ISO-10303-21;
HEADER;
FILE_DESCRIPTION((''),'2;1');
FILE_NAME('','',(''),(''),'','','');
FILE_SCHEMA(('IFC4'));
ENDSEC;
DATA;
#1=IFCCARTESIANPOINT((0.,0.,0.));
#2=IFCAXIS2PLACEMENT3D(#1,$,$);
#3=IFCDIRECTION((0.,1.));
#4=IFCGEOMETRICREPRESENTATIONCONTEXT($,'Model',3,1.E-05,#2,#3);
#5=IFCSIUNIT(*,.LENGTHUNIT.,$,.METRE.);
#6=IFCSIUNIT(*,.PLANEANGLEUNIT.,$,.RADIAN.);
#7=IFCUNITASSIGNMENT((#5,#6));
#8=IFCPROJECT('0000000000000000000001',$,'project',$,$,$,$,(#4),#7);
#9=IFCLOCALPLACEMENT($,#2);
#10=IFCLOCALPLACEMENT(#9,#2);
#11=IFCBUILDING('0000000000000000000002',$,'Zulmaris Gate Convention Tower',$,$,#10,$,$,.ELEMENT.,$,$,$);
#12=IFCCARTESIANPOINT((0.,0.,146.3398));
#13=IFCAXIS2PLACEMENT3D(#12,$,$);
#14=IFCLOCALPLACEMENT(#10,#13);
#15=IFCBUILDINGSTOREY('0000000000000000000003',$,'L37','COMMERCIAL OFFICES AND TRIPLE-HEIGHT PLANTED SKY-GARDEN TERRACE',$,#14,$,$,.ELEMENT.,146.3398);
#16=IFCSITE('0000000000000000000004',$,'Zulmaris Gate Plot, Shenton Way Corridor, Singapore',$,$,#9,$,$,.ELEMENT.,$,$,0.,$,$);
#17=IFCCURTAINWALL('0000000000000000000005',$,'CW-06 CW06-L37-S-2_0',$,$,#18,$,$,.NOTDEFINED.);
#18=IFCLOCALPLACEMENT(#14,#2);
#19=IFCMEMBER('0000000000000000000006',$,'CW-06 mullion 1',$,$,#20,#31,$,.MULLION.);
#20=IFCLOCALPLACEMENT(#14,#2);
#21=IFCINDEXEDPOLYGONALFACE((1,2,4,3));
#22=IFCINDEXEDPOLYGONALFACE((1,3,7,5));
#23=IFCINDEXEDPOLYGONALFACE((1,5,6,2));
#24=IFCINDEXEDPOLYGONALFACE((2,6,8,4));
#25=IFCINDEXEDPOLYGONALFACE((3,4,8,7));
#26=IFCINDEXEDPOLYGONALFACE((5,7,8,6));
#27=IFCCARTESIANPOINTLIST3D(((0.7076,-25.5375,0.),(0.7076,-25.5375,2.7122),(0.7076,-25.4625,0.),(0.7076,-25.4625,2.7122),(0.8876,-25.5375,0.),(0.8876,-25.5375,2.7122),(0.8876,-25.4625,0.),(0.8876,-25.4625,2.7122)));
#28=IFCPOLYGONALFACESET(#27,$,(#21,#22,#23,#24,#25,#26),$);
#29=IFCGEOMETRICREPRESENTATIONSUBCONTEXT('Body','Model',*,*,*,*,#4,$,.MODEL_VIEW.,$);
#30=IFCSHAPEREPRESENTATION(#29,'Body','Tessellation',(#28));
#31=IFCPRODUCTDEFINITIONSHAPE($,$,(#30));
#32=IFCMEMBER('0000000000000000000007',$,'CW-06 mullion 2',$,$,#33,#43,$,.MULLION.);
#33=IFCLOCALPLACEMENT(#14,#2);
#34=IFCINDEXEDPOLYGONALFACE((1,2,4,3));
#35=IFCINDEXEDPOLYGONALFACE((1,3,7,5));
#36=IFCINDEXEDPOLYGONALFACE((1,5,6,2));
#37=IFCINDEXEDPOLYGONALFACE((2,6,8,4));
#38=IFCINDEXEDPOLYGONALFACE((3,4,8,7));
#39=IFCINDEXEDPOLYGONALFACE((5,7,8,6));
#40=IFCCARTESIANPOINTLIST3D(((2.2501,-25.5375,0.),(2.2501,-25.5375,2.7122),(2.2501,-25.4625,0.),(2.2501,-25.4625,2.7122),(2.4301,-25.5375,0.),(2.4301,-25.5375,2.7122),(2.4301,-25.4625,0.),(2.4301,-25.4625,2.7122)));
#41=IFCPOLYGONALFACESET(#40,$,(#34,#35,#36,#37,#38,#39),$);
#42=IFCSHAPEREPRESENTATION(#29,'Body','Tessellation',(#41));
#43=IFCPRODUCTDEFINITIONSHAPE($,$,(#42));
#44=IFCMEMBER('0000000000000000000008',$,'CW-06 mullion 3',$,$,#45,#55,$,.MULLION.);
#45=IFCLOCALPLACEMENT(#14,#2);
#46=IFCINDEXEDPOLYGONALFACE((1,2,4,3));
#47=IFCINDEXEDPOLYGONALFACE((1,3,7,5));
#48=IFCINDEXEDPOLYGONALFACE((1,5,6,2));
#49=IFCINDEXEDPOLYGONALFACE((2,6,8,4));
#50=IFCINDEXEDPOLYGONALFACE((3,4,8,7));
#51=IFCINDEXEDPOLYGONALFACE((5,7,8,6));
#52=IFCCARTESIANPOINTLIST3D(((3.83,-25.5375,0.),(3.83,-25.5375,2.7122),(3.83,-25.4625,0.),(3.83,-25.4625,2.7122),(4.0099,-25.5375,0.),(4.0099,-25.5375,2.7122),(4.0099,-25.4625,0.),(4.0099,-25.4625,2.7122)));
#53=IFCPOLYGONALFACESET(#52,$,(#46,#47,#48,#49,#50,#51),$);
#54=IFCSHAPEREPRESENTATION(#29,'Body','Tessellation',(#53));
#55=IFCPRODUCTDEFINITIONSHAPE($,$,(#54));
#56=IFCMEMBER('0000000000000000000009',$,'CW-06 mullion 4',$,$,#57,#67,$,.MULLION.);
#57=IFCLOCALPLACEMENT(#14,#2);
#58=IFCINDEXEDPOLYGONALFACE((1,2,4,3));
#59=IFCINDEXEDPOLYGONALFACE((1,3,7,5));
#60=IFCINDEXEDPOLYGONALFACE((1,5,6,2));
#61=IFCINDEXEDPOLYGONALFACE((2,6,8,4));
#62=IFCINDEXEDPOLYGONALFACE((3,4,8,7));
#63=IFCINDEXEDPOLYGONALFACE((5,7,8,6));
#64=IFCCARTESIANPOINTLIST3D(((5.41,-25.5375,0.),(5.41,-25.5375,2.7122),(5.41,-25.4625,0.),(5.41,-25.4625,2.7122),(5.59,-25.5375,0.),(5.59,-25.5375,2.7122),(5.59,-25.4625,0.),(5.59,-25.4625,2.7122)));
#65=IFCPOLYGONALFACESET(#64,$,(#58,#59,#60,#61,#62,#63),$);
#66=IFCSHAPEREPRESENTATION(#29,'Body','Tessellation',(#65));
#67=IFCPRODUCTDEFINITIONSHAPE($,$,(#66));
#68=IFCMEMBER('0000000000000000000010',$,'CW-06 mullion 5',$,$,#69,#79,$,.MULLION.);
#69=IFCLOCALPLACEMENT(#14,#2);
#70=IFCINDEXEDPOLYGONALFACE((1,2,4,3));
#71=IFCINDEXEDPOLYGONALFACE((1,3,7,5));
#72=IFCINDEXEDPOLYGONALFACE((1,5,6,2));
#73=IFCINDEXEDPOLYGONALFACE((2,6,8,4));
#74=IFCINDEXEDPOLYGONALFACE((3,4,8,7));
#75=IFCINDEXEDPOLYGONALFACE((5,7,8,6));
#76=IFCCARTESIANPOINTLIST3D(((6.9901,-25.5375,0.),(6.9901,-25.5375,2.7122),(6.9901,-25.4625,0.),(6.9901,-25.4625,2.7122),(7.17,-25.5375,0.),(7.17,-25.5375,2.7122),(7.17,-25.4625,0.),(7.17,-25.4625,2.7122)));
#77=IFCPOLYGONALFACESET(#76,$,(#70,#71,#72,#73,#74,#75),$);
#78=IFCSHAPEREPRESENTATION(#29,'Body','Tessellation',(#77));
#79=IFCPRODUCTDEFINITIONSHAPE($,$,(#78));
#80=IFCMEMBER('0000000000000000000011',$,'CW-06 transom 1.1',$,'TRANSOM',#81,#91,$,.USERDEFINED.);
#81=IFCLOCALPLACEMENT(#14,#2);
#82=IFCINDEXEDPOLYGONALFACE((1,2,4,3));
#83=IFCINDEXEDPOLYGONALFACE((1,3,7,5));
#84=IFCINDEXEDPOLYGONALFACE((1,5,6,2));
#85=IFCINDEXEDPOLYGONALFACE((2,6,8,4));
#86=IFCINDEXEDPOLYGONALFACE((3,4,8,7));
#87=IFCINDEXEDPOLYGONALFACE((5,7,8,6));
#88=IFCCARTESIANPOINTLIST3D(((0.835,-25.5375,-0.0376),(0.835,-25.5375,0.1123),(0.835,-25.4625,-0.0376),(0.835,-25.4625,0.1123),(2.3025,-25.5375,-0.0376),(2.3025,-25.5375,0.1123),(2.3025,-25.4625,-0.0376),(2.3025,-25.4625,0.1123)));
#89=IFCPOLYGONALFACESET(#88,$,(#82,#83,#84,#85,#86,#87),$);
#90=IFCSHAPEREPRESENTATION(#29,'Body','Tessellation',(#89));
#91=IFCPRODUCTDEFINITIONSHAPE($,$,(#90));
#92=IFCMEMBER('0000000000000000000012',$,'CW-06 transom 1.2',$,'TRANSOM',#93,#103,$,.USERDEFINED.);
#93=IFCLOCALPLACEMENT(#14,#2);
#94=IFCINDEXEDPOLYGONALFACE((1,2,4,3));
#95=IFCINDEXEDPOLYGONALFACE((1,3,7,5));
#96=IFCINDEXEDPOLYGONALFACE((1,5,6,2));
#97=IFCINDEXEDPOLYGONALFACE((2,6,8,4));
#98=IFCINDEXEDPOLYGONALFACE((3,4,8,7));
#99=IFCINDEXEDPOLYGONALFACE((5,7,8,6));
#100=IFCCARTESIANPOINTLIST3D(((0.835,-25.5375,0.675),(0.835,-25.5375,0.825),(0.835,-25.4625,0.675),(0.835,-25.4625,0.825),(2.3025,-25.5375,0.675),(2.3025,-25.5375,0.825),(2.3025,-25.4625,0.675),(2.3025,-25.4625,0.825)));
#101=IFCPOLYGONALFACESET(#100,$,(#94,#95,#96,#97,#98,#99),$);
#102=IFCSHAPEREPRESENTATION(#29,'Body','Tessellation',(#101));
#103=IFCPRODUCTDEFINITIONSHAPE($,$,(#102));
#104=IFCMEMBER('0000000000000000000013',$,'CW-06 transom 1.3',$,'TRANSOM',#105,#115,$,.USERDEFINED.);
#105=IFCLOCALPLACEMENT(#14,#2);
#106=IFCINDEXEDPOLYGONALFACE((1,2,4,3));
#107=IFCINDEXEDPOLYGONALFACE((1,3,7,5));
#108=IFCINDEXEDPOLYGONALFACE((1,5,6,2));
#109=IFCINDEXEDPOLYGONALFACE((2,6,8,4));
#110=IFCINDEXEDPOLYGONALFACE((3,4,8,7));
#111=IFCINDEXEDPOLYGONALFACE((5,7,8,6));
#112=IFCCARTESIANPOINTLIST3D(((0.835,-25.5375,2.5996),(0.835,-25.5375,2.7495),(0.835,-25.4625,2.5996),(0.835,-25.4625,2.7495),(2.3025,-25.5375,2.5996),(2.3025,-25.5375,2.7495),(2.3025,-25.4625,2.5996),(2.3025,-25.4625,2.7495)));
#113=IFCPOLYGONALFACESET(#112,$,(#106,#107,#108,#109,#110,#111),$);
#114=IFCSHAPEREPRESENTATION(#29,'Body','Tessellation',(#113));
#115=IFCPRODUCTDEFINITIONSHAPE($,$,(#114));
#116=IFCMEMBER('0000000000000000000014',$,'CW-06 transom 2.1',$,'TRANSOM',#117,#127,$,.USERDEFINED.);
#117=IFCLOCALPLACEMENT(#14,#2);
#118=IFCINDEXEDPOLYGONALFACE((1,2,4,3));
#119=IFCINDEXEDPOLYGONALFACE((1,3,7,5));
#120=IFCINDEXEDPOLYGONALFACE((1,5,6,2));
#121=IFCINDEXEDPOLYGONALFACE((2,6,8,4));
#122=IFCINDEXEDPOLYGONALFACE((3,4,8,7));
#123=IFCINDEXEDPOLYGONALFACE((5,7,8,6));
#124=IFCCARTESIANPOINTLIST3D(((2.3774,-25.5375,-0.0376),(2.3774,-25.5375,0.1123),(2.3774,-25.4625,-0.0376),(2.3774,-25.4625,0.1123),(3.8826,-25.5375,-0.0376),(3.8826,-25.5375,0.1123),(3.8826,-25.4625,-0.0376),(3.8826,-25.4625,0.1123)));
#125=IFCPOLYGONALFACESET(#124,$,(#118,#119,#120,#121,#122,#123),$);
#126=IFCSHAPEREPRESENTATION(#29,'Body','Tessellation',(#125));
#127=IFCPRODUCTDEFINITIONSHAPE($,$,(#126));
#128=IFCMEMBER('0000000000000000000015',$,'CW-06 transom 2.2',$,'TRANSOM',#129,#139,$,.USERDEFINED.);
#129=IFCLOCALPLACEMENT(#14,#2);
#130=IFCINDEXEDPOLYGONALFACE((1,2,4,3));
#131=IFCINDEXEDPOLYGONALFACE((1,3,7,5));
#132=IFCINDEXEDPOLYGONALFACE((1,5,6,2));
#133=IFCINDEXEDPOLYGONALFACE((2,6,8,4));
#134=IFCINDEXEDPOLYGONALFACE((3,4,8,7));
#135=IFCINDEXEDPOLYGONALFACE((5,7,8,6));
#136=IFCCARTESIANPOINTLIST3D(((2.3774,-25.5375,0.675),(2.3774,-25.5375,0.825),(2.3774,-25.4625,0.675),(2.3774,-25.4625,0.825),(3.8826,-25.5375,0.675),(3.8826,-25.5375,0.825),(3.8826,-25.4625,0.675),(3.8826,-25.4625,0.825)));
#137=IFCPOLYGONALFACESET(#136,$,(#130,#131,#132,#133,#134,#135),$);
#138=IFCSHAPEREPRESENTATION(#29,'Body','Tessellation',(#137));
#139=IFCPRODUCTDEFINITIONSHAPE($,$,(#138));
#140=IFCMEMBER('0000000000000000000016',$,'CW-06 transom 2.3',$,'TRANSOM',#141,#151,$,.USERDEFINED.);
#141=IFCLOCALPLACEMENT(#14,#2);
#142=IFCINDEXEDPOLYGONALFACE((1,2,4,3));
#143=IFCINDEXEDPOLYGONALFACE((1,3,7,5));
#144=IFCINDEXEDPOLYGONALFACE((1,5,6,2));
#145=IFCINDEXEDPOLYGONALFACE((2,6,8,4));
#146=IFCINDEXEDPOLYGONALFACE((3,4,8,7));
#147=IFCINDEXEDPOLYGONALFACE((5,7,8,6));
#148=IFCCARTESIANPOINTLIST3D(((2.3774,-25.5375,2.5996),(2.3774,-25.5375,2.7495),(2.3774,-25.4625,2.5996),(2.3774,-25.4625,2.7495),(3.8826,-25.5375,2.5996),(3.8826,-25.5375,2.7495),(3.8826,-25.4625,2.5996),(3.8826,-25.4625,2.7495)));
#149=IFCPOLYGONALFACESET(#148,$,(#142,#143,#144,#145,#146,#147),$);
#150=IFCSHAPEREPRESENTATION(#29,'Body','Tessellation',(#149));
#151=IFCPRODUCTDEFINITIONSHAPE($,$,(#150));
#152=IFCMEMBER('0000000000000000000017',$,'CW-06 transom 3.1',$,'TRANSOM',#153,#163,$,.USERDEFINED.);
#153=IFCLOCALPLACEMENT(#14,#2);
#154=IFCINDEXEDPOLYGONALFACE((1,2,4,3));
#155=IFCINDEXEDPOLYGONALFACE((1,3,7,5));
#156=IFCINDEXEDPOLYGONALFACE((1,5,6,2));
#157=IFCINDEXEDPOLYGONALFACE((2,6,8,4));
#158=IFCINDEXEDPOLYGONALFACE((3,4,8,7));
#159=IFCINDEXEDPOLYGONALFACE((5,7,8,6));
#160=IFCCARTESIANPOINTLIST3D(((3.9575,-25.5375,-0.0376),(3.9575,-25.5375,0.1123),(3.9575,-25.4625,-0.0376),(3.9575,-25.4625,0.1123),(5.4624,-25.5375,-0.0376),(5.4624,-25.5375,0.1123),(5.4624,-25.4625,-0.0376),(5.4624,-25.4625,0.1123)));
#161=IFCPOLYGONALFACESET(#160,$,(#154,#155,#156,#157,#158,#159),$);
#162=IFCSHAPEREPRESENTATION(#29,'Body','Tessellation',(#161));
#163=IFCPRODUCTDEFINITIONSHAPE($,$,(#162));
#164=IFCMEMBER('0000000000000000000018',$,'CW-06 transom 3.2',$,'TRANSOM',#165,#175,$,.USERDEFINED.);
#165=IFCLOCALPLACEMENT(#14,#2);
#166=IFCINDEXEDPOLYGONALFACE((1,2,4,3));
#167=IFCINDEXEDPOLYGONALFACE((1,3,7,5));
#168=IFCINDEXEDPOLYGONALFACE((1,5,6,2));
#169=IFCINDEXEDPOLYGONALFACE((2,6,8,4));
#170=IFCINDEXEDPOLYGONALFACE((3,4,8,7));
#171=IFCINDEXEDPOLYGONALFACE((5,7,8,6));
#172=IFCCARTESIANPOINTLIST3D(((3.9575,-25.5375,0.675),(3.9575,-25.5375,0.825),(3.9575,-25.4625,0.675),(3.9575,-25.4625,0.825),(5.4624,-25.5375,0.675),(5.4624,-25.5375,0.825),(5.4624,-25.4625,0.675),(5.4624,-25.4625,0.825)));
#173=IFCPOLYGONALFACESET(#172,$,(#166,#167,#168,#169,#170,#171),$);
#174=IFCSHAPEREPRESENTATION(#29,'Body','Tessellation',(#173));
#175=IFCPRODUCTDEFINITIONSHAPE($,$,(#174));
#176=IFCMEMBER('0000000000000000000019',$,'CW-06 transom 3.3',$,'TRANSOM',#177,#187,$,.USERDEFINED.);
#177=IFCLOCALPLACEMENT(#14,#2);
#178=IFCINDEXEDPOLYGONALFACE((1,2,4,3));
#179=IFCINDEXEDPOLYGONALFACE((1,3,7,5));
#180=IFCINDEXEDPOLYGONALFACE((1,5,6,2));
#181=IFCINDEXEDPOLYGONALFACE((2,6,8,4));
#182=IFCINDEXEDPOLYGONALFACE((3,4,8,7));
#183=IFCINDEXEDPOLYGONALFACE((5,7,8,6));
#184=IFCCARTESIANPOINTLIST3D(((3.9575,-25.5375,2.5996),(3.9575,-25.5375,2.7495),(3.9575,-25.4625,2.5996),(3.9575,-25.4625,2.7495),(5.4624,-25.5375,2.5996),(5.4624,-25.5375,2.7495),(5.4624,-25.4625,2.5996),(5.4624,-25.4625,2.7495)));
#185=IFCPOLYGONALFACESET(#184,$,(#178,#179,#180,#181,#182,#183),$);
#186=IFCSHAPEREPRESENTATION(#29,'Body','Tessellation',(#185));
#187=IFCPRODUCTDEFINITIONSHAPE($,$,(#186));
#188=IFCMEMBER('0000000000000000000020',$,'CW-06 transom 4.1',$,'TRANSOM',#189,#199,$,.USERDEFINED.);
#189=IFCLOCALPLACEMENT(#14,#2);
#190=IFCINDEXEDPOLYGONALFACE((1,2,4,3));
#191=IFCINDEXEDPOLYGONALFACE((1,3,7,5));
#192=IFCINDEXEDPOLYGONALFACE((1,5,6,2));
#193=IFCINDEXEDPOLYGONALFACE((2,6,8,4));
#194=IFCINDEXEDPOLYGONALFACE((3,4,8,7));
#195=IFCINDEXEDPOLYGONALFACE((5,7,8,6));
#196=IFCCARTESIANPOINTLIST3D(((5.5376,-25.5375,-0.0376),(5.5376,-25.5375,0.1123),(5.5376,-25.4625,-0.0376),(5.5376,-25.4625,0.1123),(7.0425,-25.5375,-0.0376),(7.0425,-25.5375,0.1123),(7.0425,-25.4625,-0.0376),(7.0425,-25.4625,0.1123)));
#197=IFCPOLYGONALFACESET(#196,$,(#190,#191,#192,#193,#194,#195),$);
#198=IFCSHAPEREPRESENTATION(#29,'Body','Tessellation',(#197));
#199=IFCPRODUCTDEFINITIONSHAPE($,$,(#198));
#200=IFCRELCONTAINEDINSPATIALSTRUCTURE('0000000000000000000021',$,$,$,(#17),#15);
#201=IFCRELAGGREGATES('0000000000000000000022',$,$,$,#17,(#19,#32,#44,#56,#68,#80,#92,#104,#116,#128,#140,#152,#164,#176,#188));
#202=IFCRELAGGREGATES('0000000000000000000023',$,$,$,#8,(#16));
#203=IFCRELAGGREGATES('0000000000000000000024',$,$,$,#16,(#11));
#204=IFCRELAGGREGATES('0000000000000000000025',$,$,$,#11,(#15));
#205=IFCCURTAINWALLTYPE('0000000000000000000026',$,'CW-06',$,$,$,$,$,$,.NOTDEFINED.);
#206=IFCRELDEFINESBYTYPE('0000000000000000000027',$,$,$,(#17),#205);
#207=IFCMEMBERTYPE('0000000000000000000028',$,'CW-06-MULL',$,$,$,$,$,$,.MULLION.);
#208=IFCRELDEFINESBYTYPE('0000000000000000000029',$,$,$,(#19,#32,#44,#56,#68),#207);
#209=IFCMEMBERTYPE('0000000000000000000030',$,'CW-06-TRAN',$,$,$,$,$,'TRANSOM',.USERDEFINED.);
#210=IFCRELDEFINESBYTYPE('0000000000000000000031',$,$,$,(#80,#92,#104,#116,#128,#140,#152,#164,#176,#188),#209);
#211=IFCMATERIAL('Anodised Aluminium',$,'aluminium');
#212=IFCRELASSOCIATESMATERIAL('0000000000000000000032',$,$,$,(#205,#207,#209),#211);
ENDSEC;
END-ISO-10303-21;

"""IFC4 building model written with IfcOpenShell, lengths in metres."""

from ifc_helpers import new_model, si_unit, direction, frame, origin, origin_2d, place, context, subcontext, project, spatial, rectangle, extrude, material, material_profile, profile_set, type_object, element, aggregate, save


model = new_model("IFC4")

# Units and contexts
model_context = context("Model", 3, precision=1e-05, world=origin(), true_north=direction((0.0, 1.0)))
body_context = subcontext(model_context, "Body", "Model", "MODEL_VIEW")
ifc_project = project(units=[si_unit("LENGTHUNIT", "METRE"), si_unit("PLANEANGLEUNIT", "RADIAN")], contexts=[model_context])

# Site, building, storey
site_placement = place(None, origin())
site = spatial("IfcSite", under=ifc_project, at=site_placement, Name="Zulmaris Gate Plot, Shenton Way Corridor, Singapore", CompositionType="ELEMENT", RefElevation=0.0)
building_placement = place(site_placement, origin())
building = spatial("IfcBuilding", under=site, at=building_placement, Name="Zulmaris Gate Convention Tower", CompositionType="ELEMENT")
storey_placement = place(building_placement, frame((0.0, 0.0, 146.3398)))
storey = spatial("IfcBuildingStorey", under=building, at=storey_placement, Name="L37", Description="COMMERCIAL OFFICES AND TRIPLE-HEIGHT PLANTED SKY-GARDEN TERRACE", CompositionType="ELEMENT", Elevation=146.3398)

# Curtain wall, members
ifc_material_1 = material(Name="Anodised Aluminium", Category="aluminium")
curtain_wall_type = type_object("IfcCurtainWallType", Name="CW-06", PredefinedType="NOTDEFINED", material=ifc_material_1)
curtain_wall_placement = place(storey_placement, origin())
curtain_wall = element("IfcCurtainWall", 1, at=curtain_wall_placement, inside=storey, type_object=curtain_wall_type, Name="CW-06 CW06-L37-S-2_0", PredefinedType="NOTDEFINED")
ifc_material_profile_1 = material_profile(ifc_material_1, rectangle(XDim=0.075, YDim=0.1799, at=origin_2d()), Name="ALU MULLION 75x180")
ifc_profile_set_1 = profile_set([ifc_material_profile_1], Name="Anodised Aluminium")
member_type_1 = type_object("IfcMemberType", Name="CW-06-MULL", PredefinedType="MULLION", material=ifc_profile_set_1)
member_1_placement = place(storey_placement, frame((0.7976, -25.5, 0.0), z_axis=(0.0, 0.0, 1.0), x_axis=(0.0, 1.0, 0.0)))
member_1 = element("IfcMember", 2, at=member_1_placement, type_object=member_type_1, Name="CW-06 mullion 1", PredefinedType="MULLION", context=body_context, shape_type="SweptSolid", body=[
    extrude(rectangle(XDim=0.075, YDim=0.1799, at=origin_2d()), origin(), (0.0, 0.0, 1.0), 2.7122),
])
member_2_placement = place(storey_placement, frame((2.3401, -25.5, 0.0), z_axis=(0.0, 0.0, 1.0), x_axis=(0.0, 1.0, 0.0)))
member_2 = element("IfcMember", 3, at=member_2_placement, type_object=member_type_1, Name="CW-06 mullion 2", PredefinedType="MULLION", context=body_context, shape_type="SweptSolid", body=[
    extrude(rectangle(XDim=0.075, YDim=0.1799, at=origin_2d()), origin(), (0.0, 0.0, 1.0), 2.7122),
])
member_3_placement = place(storey_placement, frame((3.9199, -25.5, 0.0), z_axis=(0.0, 0.0, 1.0), x_axis=(0.0, 1.0, 0.0)))
member_3 = element("IfcMember", 4, at=member_3_placement, type_object=member_type_1, Name="CW-06 mullion 3", PredefinedType="MULLION", context=body_context, shape_type="SweptSolid", body=[
    extrude(rectangle(XDim=0.075, YDim=0.1799, at=origin_2d()), origin(), (0.0, 0.0, 1.0), 2.7122),
])
member_4_placement = place(storey_placement, frame((5.5, -25.5, 0.0), z_axis=(0.0, 0.0, 1.0), x_axis=(0.0, 1.0, 0.0)))
member_4 = element("IfcMember", 5, at=member_4_placement, type_object=member_type_1, Name="CW-06 mullion 4", PredefinedType="MULLION", context=body_context, shape_type="SweptSolid", body=[
    extrude(rectangle(XDim=0.075, YDim=0.1799, at=origin_2d()), origin(), (0.0, 0.0, 1.0), 2.7122),
])
member_5_placement = place(storey_placement, frame((7.0801, -25.5, 0.0), z_axis=(0.0, 0.0, 1.0), x_axis=(0.0, 1.0, 0.0)))
member_5 = element("IfcMember", 6, at=member_5_placement, type_object=member_type_1, Name="CW-06 mullion 5", PredefinedType="MULLION", context=body_context, shape_type="SweptSolid", body=[
    extrude(rectangle(XDim=0.075, YDim=0.1799, at=origin_2d()), origin(), (0.0, 0.0, 1.0), 2.7122),
])
ifc_material_profile_2 = material_profile(ifc_material_1, rectangle(XDim=0.075, YDim=0.1499, at=origin_2d()), Name="ALU TRANSOM 75x150")
ifc_profile_set_2 = profile_set([ifc_material_profile_2], Name="Anodised Aluminium")
member_type_2 = type_object("IfcMemberType", Name="CW-06-TRAN", ElementType="TRANSOM", PredefinedType="USERDEFINED", material=ifc_profile_set_2)
member_6_placement = place(storey_placement, frame((0.835, -25.5, 0.0374), z_axis=(1.0, 0.0, 0.0), x_axis=(0.0, 1.0, 0.0)))
member_6 = element("IfcMember", 7, at=member_6_placement, type_object=member_type_2, Name="CW-06 transom 1.1", ObjectType="TRANSOM", PredefinedType="USERDEFINED", context=body_context, shape_type="SweptSolid", body=[
    extrude(rectangle(XDim=0.075, YDim=0.1499, at=origin_2d()), origin(), (0.0, 0.0, 1.0), 1.4675),
])
member_7_placement = place(storey_placement, frame((0.835, -25.5, 0.75), z_axis=(1.0, 0.0, 0.0), x_axis=(0.0, 1.0, 0.0)))
member_7 = element("IfcMember", 8, at=member_7_placement, type_object=member_type_2, Name="CW-06 transom 1.2", ObjectType="TRANSOM", PredefinedType="USERDEFINED", context=body_context, shape_type="SweptSolid", body=[
    extrude(rectangle(XDim=0.075, YDim=0.1499, at=origin_2d()), origin(), (0.0, 0.0, 1.0), 1.4675),
])
member_8_placement = place(storey_placement, frame((0.835, -25.5, 2.6746), z_axis=(1.0, 0.0, 0.0), x_axis=(0.0, 1.0, 0.0)))
member_8 = element("IfcMember", 9, at=member_8_placement, type_object=member_type_2, Name="CW-06 transom 1.3", ObjectType="TRANSOM", PredefinedType="USERDEFINED", context=body_context, shape_type="SweptSolid", body=[
    extrude(rectangle(XDim=0.075, YDim=0.1499, at=origin_2d()), origin(), (0.0, 0.0, 1.0), 1.4675),
])
member_9_placement = place(storey_placement, frame((2.3774, -25.5, 0.0374), z_axis=(1.0, 0.0, 0.0), x_axis=(0.0, 1.0, 0.0)))
member_9 = element("IfcMember", 10, at=member_9_placement, type_object=member_type_2, Name="CW-06 transom 2.1", ObjectType="TRANSOM", PredefinedType="USERDEFINED", context=body_context, shape_type="SweptSolid", body=[
    extrude(rectangle(XDim=0.075, YDim=0.1499, at=origin_2d()), origin(), (0.0, 0.0, 1.0), 1.5051),
])
member_10_placement = place(storey_placement, frame((2.3774, -25.5, 0.75), z_axis=(1.0, 0.0, 0.0), x_axis=(0.0, 1.0, 0.0)))
member_10 = element("IfcMember", 11, at=member_10_placement, type_object=member_type_2, Name="CW-06 transom 2.2", ObjectType="TRANSOM", PredefinedType="USERDEFINED", context=body_context, shape_type="SweptSolid", body=[
    extrude(rectangle(XDim=0.075, YDim=0.1499, at=origin_2d()), origin(), (0.0, 0.0, 1.0), 1.5051),
])
member_11_placement = place(storey_placement, frame((2.3774, -25.5, 2.6746), z_axis=(1.0, 0.0, 0.0), x_axis=(0.0, 1.0, 0.0)))
member_11 = element("IfcMember", 12, at=member_11_placement, type_object=member_type_2, Name="CW-06 transom 2.3", ObjectType="TRANSOM", PredefinedType="USERDEFINED", context=body_context, shape_type="SweptSolid", body=[
    extrude(rectangle(XDim=0.075, YDim=0.1499, at=origin_2d()), origin(), (0.0, 0.0, 1.0), 1.5051),
])
member_12_placement = place(storey_placement, frame((3.9575, -25.5, 0.0374), z_axis=(1.0, 0.0, 0.0), x_axis=(0.0, 1.0, 0.0)))
member_12 = element("IfcMember", 13, at=member_12_placement, type_object=member_type_2, Name="CW-06 transom 3.1", ObjectType="TRANSOM", PredefinedType="USERDEFINED", context=body_context, shape_type="SweptSolid", body=[
    extrude(rectangle(XDim=0.075, YDim=0.1499, at=origin_2d()), origin(), (0.0, 0.0, 1.0), 1.5049),
])
member_13_placement = place(storey_placement, frame((3.9575, -25.5, 0.75), z_axis=(1.0, 0.0, 0.0), x_axis=(0.0, 1.0, 0.0)))
member_13 = element("IfcMember", 14, at=member_13_placement, type_object=member_type_2, Name="CW-06 transom 3.2", ObjectType="TRANSOM", PredefinedType="USERDEFINED", context=body_context, shape_type="SweptSolid", body=[
    extrude(rectangle(XDim=0.075, YDim=0.1499, at=origin_2d()), origin(), (0.0, 0.0, 1.0), 1.5049),
])
member_14_placement = place(storey_placement, frame((3.9575, -25.5, 2.6746), z_axis=(1.0, 0.0, 0.0), x_axis=(0.0, 1.0, 0.0)))
member_14 = element("IfcMember", 15, at=member_14_placement, type_object=member_type_2, Name="CW-06 transom 3.3", ObjectType="TRANSOM", PredefinedType="USERDEFINED", context=body_context, shape_type="SweptSolid", body=[
    extrude(rectangle(XDim=0.075, YDim=0.1499, at=origin_2d()), origin(), (0.0, 0.0, 1.0), 1.5049),
])
member_15_placement = place(storey_placement, frame((5.5376, -25.5, 0.0374), z_axis=(1.0, 0.0, 0.0), x_axis=(0.0, 1.0, 0.0)))
member_15 = element("IfcMember", 16, at=member_15_placement, type_object=member_type_2, Name="CW-06 transom 4.1", ObjectType="TRANSOM", PredefinedType="USERDEFINED", context=body_context, shape_type="SweptSolid", body=[
    extrude(rectangle(XDim=0.075, YDim=0.1499, at=origin_2d()), origin(), (0.0, 0.0, 1.0), 1.5049),
])
aggregate(curtain_wall, [member_1, member_2, member_3, member_4, member_5, member_6, member_7, member_8, member_9, member_10, member_11, member_12, member_13, member_14, member_15])

save(model, "model.ifc")
